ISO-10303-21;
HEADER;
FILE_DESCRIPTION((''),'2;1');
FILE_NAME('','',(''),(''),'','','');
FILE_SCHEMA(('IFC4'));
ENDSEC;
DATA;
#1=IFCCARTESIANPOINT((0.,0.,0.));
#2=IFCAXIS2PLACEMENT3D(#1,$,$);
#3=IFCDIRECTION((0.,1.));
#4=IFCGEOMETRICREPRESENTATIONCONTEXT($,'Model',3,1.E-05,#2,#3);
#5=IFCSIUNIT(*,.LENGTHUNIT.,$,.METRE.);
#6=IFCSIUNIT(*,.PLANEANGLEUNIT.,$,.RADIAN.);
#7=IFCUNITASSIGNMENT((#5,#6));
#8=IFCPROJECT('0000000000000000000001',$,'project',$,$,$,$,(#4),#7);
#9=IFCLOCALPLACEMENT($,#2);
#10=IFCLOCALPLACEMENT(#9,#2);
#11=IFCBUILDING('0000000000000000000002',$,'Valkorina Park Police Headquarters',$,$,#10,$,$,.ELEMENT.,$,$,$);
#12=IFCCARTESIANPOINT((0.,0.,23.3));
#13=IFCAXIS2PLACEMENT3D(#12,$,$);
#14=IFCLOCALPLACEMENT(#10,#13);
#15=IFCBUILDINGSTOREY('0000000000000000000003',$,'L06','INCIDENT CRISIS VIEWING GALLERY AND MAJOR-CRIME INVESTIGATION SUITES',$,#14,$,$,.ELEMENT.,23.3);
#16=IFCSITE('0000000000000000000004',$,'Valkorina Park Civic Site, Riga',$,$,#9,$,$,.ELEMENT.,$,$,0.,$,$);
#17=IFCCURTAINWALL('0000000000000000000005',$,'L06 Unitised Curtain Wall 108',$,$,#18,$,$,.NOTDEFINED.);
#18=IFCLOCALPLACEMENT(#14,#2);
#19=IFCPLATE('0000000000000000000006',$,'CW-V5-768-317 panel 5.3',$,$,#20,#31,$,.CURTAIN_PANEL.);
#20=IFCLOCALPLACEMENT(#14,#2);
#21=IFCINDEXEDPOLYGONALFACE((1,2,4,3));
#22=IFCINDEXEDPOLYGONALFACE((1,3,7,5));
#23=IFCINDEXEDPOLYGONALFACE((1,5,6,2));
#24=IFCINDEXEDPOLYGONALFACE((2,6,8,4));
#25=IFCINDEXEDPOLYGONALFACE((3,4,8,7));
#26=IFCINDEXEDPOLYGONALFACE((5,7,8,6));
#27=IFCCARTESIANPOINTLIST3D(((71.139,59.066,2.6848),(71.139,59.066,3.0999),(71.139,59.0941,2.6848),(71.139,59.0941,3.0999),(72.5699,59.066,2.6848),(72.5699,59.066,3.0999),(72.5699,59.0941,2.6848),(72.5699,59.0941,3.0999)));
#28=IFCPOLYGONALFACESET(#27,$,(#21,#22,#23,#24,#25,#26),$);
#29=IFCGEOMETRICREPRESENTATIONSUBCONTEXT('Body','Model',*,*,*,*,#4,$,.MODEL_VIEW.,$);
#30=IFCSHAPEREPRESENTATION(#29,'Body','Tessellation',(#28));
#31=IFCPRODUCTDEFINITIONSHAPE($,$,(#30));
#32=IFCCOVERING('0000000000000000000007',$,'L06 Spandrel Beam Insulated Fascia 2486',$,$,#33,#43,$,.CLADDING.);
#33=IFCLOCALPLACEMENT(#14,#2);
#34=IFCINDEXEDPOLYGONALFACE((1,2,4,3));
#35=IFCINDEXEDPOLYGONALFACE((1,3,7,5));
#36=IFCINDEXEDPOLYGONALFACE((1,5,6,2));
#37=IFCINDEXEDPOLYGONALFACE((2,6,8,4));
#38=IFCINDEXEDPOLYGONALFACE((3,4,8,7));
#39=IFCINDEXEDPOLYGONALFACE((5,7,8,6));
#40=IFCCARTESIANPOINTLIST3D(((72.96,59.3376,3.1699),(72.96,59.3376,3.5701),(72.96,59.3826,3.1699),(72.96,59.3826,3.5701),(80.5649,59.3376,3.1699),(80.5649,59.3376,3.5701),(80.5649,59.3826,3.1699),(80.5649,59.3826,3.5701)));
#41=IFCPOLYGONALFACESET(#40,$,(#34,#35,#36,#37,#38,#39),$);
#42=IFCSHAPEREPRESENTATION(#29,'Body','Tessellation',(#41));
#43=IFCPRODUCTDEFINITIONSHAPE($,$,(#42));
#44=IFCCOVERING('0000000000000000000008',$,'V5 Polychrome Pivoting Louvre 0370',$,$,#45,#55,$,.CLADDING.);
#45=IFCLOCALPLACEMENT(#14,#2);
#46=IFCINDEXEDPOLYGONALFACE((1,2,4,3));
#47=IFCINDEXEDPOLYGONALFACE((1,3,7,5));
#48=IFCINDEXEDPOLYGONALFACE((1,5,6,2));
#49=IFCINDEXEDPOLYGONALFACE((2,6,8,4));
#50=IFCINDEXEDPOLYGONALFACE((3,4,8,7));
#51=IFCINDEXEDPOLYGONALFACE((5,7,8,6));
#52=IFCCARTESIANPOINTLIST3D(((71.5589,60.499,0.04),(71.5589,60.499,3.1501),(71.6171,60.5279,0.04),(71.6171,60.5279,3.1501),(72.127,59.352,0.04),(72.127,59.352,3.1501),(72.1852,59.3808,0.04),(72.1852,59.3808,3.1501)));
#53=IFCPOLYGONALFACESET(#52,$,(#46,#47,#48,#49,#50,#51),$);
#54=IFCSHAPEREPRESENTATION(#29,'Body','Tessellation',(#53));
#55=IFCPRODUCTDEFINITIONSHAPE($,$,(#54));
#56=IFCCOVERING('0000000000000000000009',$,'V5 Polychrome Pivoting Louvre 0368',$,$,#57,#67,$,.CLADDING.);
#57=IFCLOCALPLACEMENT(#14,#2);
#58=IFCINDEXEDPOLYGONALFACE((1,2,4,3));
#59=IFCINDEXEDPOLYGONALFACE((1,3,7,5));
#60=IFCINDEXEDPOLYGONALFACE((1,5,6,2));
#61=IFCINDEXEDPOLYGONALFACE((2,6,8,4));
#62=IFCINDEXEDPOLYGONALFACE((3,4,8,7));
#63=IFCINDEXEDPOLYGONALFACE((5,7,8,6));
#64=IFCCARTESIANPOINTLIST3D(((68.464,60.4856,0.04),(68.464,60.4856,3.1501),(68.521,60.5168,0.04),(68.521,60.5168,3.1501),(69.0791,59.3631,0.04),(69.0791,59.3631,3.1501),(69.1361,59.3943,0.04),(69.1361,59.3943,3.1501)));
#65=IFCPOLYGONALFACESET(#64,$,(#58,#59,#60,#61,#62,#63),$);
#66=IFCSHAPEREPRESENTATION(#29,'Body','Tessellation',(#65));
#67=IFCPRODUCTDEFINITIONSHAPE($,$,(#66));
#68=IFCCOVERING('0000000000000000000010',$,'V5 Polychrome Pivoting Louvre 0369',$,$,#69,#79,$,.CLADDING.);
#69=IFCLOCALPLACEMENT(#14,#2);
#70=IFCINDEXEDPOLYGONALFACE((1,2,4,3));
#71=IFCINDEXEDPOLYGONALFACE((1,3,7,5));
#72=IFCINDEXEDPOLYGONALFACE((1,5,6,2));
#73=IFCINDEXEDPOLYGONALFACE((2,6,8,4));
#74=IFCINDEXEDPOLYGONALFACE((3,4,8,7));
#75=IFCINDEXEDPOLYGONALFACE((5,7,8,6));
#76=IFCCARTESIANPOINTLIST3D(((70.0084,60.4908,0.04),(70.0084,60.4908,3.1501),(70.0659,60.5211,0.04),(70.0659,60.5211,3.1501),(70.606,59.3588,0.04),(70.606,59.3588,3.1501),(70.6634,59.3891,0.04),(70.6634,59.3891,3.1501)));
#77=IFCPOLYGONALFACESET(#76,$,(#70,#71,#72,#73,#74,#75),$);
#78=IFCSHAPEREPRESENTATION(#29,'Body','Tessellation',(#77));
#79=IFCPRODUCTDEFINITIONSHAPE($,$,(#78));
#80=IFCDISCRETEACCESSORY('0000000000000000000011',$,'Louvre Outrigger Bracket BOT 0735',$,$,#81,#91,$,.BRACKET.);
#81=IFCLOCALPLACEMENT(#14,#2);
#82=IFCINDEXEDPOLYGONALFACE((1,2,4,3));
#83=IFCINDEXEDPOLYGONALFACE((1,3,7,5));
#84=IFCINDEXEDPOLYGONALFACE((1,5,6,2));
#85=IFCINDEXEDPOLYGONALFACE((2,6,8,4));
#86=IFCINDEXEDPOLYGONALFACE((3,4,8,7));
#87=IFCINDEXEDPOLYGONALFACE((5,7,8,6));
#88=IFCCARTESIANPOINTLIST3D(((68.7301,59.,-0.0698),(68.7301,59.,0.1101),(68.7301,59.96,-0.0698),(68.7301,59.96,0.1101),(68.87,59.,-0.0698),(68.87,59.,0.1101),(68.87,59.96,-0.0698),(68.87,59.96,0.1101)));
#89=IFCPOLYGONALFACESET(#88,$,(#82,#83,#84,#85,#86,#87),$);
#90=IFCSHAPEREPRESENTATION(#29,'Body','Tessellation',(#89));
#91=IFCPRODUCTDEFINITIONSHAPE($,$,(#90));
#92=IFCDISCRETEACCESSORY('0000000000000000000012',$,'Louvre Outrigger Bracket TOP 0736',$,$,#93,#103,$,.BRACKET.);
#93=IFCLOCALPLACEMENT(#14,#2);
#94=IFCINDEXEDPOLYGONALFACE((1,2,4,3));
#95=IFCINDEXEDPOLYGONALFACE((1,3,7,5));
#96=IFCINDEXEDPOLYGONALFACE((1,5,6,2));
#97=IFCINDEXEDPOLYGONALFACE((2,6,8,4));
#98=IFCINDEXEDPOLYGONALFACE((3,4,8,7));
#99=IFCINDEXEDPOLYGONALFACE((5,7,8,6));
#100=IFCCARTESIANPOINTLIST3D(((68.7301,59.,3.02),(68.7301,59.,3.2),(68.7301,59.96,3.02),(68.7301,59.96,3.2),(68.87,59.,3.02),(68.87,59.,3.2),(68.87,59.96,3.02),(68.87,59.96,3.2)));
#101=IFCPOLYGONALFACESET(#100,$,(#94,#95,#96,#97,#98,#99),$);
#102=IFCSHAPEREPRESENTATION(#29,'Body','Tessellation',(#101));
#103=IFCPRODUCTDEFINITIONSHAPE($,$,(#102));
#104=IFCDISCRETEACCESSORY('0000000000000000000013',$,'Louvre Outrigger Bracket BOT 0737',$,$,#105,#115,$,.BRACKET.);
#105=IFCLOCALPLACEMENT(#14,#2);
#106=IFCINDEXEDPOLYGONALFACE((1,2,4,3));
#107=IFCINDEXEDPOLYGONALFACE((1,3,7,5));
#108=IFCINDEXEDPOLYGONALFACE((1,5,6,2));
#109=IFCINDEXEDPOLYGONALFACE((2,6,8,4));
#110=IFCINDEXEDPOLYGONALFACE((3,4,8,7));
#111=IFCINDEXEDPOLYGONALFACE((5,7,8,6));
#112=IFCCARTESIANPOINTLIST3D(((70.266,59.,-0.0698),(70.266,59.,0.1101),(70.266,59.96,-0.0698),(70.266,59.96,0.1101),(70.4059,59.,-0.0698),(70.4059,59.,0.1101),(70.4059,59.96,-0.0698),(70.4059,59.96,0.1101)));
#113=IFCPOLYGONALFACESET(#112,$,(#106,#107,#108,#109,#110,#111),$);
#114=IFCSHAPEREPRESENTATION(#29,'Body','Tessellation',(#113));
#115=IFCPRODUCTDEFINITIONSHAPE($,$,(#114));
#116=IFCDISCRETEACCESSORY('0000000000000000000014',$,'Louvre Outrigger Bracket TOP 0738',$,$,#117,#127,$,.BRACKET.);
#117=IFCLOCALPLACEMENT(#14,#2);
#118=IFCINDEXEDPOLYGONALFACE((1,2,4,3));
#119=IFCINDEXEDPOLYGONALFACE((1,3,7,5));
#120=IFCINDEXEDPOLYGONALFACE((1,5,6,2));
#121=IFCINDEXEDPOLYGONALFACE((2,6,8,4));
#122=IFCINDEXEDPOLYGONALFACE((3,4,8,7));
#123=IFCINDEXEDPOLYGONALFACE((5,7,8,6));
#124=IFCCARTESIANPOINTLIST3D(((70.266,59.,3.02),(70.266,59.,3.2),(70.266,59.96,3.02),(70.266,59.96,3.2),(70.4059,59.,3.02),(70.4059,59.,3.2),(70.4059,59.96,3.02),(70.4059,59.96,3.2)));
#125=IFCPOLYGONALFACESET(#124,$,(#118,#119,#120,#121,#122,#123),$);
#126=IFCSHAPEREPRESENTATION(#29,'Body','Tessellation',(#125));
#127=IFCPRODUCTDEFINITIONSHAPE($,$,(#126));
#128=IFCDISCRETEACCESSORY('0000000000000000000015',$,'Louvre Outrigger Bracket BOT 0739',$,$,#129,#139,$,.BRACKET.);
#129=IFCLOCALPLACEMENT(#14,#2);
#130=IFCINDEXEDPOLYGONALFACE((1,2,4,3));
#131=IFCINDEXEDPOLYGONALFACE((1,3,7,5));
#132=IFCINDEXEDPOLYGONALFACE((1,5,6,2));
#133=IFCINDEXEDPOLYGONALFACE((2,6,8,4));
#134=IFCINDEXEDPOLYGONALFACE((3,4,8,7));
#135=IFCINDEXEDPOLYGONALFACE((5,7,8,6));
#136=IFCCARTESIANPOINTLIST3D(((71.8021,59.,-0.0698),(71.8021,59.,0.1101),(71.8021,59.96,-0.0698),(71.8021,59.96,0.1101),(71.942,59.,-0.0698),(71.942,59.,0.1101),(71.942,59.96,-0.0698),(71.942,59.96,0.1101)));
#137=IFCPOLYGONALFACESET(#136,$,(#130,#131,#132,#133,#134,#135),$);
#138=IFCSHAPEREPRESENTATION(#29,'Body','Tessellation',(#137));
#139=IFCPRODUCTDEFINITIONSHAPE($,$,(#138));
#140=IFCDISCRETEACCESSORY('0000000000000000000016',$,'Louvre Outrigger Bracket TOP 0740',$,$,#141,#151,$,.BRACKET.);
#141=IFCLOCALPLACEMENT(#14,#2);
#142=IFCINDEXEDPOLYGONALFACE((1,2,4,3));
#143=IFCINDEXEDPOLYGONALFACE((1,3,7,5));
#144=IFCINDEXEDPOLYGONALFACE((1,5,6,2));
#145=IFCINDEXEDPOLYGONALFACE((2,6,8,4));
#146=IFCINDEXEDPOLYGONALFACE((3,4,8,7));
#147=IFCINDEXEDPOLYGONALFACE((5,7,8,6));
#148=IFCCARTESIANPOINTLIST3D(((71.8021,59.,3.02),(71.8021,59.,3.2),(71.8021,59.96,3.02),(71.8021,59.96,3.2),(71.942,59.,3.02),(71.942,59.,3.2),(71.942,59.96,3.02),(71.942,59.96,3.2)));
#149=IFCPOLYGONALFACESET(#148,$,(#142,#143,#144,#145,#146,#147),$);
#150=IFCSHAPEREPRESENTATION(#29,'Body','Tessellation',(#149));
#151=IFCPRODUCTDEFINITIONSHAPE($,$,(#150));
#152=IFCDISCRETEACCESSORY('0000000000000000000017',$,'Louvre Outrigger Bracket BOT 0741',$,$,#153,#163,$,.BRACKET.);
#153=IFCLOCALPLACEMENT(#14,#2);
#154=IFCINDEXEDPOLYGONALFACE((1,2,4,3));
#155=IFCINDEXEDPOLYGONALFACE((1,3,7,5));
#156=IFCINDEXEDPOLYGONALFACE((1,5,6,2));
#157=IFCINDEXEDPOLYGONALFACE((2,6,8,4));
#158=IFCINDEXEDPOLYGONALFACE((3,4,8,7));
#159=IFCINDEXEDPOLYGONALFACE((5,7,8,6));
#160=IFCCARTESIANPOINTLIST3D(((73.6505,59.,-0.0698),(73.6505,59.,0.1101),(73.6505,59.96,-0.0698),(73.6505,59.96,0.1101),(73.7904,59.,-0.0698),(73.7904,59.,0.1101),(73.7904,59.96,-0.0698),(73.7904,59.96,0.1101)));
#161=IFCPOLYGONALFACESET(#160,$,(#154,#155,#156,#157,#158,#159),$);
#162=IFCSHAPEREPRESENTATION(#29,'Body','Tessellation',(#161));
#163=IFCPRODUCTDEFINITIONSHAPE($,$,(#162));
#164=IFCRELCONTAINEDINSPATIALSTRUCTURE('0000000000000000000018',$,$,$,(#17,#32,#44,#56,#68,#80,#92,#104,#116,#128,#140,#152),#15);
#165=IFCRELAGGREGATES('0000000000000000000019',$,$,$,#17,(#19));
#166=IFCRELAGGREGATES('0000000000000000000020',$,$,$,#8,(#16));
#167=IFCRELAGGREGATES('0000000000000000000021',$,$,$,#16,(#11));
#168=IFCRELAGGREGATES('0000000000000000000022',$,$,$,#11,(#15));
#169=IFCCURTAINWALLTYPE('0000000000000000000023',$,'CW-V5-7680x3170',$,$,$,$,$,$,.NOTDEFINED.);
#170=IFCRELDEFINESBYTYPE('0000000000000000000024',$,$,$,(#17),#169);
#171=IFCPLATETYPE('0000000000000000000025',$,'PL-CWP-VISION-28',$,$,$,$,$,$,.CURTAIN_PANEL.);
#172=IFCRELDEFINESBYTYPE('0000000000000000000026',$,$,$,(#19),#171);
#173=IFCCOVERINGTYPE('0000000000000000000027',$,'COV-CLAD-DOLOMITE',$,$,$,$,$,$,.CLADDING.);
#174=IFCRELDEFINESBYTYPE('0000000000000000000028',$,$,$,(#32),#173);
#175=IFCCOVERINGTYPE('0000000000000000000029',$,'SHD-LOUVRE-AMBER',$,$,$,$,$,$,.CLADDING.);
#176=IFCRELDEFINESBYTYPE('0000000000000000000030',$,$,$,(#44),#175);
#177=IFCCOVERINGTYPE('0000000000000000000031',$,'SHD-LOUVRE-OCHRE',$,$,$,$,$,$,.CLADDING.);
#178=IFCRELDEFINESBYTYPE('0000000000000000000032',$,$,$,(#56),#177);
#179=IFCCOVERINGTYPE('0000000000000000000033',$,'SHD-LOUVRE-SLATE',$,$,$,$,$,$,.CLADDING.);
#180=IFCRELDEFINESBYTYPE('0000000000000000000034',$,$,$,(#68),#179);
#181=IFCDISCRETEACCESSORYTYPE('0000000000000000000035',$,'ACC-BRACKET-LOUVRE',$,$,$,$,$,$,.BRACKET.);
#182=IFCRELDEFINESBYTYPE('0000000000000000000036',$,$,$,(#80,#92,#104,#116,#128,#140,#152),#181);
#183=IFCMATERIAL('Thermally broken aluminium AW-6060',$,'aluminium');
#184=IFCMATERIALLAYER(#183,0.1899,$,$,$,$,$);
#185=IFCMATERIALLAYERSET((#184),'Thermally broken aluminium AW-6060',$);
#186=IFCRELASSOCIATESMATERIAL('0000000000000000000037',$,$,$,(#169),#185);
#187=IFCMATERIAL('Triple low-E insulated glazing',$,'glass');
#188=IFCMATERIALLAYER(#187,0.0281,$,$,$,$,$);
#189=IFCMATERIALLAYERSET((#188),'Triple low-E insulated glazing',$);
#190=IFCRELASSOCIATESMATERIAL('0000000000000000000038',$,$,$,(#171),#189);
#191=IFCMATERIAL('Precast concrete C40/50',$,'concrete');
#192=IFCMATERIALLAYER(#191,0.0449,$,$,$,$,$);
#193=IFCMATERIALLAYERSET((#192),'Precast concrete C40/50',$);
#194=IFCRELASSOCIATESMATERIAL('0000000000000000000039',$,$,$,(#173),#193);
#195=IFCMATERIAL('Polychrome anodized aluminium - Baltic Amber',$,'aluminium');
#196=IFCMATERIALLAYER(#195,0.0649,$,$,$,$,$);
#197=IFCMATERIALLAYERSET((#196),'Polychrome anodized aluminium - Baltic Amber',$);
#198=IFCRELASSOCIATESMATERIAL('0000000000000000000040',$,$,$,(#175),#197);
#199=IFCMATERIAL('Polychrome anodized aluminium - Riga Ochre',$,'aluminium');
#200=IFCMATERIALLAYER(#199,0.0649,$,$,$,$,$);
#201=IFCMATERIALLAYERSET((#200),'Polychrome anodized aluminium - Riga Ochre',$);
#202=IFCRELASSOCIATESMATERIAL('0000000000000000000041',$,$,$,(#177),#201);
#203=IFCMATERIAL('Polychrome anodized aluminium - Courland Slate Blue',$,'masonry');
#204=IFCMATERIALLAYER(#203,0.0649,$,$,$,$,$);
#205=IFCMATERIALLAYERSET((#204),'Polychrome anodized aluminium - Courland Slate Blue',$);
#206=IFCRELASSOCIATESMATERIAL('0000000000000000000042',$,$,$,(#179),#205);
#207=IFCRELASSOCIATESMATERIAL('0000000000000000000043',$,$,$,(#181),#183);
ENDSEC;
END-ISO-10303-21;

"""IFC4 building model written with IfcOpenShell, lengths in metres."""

from ifc_helpers import new_model, si_unit, direction, frame, frame_2d, origin, origin_2d, place, context, subcontext, project, spatial, rectangle, extrude, material, layer, layer_set, type_object, element, aggregate, save


model = new_model("IFC4")

# Units and contexts
model_context = context("Model", 3, precision=1e-05, world=origin(), true_north=direction((0.0, 1.0)))
body_context = subcontext(model_context, "Body", "Model", "MODEL_VIEW")
ifc_project = project(units=[si_unit("LENGTHUNIT", "METRE"), si_unit("PLANEANGLEUNIT", "RADIAN")], contexts=[model_context])

# Site, building, storey
site_placement = place(None, origin())
site = spatial("IfcSite", under=ifc_project, at=site_placement, Name="Valkorina Park Civic Site, Riga", CompositionType="ELEMENT", RefElevation=0.0)
building_placement = place(site_placement, origin())
building = spatial("IfcBuilding", under=site, at=building_placement, Name="Valkorina Park Police Headquarters", CompositionType="ELEMENT")
storey_placement = place(building_placement, frame((0.0, 0.0, 23.3)))
storey = spatial("IfcBuildingStorey", under=building, at=storey_placement, Name="L06", Description="INCIDENT CRISIS VIEWING GALLERY AND MAJOR-CRIME INVESTIGATION SUITES", CompositionType="ELEMENT", Elevation=23.3)

# Curtain wall
ifc_material_1 = material(Name="Thermally broken aluminium AW-6060", Category="aluminium")
ifc_layer_1 = layer(ifc_material_1, 0.1899)
ifc_layer_set_1 = layer_set([ifc_layer_1], Name="Thermally broken aluminium AW-6060")
curtain_wall_type_1 = type_object("IfcCurtainWallType", Name="CW-V5-7680x3170", PredefinedType="NOTDEFINED", material=ifc_layer_set_1)
curtain_wall_1_placement = place(storey_placement, origin())
curtain_wall_1 = element("IfcCurtainWall", 1, at=curtain_wall_1_placement, inside=storey, type_object=curtain_wall_type_1, Name="L06 Unitised Curtain Wall 108", PredefinedType="NOTDEFINED")

# Plate
ifc_material_2 = material(Name="Triple low-E insulated glazing", Category="glass")
ifc_layer_2 = layer(ifc_material_2, 0.0281)
ifc_layer_set_2 = layer_set([ifc_layer_2], Name="Triple low-E insulated glazing")
plate_type_1 = type_object("IfcPlateType", Name="PL-CWP-VISION-28", PredefinedType="CURTAIN_PANEL", material=ifc_layer_set_2)
plate_1_placement = place(storey_placement, frame((71.8545, 59.0801, 2.6848), z_axis=(0.0, 0.0, 1.0), x_axis=(1.0, 0.0, 0.0)))
plate_1 = element("IfcPlate", 2, at=plate_1_placement, type_object=plate_type_1, Name="CW-V5-768-317 panel 5.3", PredefinedType="CURTAIN_PANEL", context=body_context, shape_type="SweptSolid", body=[
    extrude(rectangle(XDim=1.4309, YDim=0.0281, at=origin_2d()), origin(), (0.0, 0.0, 1.0), 0.415),
])
aggregate(curtain_wall_1, [plate_1])

# Coverings
ifc_material_3 = material(Name="Precast concrete C40/50", Category="concrete")
ifc_layer_3 = layer(ifc_material_3, 0.0449)
ifc_layer_set_3 = layer_set([ifc_layer_3], Name="Precast concrete C40/50")
covering_type_1 = type_object("IfcCoveringType", Name="COV-CLAD-DOLOMITE", PredefinedType="CLADDING", material=ifc_layer_set_3)
covering_1_placement = place(storey_placement, frame((72.96, 59.3601, 3.1699), z_axis=(0.0, 0.0, 1.0), x_axis=(1.0, 0.0, 0.0)))
element("IfcCovering", 3, at=covering_1_placement, inside=storey, type_object=covering_type_1, Name="L06 Spandrel Beam Insulated Fascia 2486", PredefinedType="CLADDING", context=body_context, shape_type="SweptSolid", body=[
    extrude(rectangle(XDim=7.605, YDim=0.0449, at=frame_2d((3.8025, 0.0))), origin(), (0.0, 0.0, 1.0), 0.4001),
])
ifc_material_4 = material(Name="Polychrome anodized aluminium - Baltic Amber", Category="aluminium")
ifc_layer_4 = layer(ifc_material_4, 0.0649)
ifc_layer_set_4 = layer_set([ifc_layer_4], Name="Polychrome anodized aluminium - Baltic Amber")
covering_type_2 = type_object("IfcCoveringType", Name="SHD-LOUVRE-AMBER", PredefinedType="CLADDING", material=ifc_layer_set_4)
covering_2_placement = place(storey_placement, frame((71.8721, 59.9399, 0.04), z_axis=(0.0, 0.0, 1.0), x_axis=(-0.443853, 0.896099, 0.0)))
element("IfcCovering", 4, at=covering_2_placement, inside=storey, type_object=covering_type_2, Name="V5 Polychrome Pivoting Louvre 0370", PredefinedType="CLADDING", context=body_context, shape_type="SweptSolid", body=[
    extrude(rectangle(XDim=1.28, YDim=0.0649, at=origin_2d()), origin(), (0.0, 0.0, 1.0), 3.1101),
])
ifc_material_5 = material(Name="Polychrome anodized aluminium - Riga Ochre", Category="aluminium")
ifc_layer_5 = layer(ifc_material_5, 0.0649)
ifc_layer_set_5 = layer_set([ifc_layer_5], Name="Polychrome anodized aluminium - Riga Ochre")
covering_type_3 = type_object("IfcCoveringType", Name="SHD-LOUVRE-OCHRE", PredefinedType="CLADDING", material=ifc_layer_set_5)
covering_3_placement = place(storey_placement, frame((68.8, 59.9399, 0.04), z_axis=(0.0, 0.0, 1.0), x_axis=(-0.48053, 0.876978, 0.0)))
element("IfcCovering", 5, at=covering_3_placement, inside=storey, type_object=covering_type_3, Name="V5 Polychrome Pivoting Louvre 0368", PredefinedType="CLADDING", context=body_context, shape_type="SweptSolid", body=[
    extrude(rectangle(XDim=1.28, YDim=0.0649, at=origin_2d()), origin(), (0.0, 0.0, 1.0), 3.1101),
])
ifc_material_6 = material(Name="Polychrome anodized aluminium - Courland Slate Blue", Category="masonry")
ifc_layer_6 = layer(ifc_material_6, 0.0649)
ifc_layer_set_6 = layer_set([ifc_layer_6], Name="Polychrome anodized aluminium - Courland Slate Blue")
covering_type_4 = type_object("IfcCoveringType", Name="SHD-LOUVRE-SLATE", PredefinedType="CLADDING", material=ifc_layer_set_6)
covering_4_placement = place(storey_placement, frame((70.3359, 59.9399, 0.04), z_axis=(0.0, 0.0, 1.0), x_axis=(-0.46685, 0.884337, 0.0)))
element("IfcCovering", 6, at=covering_4_placement, inside=storey, type_object=covering_type_4, Name="V5 Polychrome Pivoting Louvre 0369", PredefinedType="CLADDING", context=body_context, shape_type="SweptSolid", body=[
    extrude(rectangle(XDim=1.28, YDim=0.0649, at=origin_2d()), origin(), (0.0, 0.0, 1.0), 3.1101),
])

# Discrete accessories
discrete_accessory_type = type_object("IfcDiscreteAccessoryType", Name="ACC-BRACKET-LOUVRE", PredefinedType="BRACKET", material=ifc_material_1)
for number, where, z_axis, x_axis, name in (
    (7, (68.8, 59.48, -0.0698), (0.0, 0.0, 1.0), (0.0, 1.0, 0.0), "Louvre Outrigger Bracket BOT 0735"),
    (8, (68.8, 59.48, 3.02), (0.0, 0.0, 1.0), (0.0, 1.0, 0.0), "Louvre Outrigger Bracket TOP 0736"),
    (9, (70.3359, 59.48, -0.0698), (0.0, 0.0, 1.0), (0.0, 1.0, 0.0), "Louvre Outrigger Bracket BOT 0737"),
    (10, (70.3359, 59.48, 3.02), (0.0, 0.0, 1.0), (0.0, 1.0, 0.0), "Louvre Outrigger Bracket TOP 0738"),
    (11, (71.8721, 59.48, -0.0698), (0.0, 0.0, 1.0), (0.0, 1.0, 0.0), "Louvre Outrigger Bracket BOT 0739"),
    (12, (71.8721, 59.48, 3.02), (0.0, 0.0, 1.0), (0.0, 1.0, 0.0), "Louvre Outrigger Bracket TOP 0740"),
    (13, (73.7205, 59.48, -0.0698), (0.0, 0.0, 1.0), (0.0, 1.0, 0.0), "Louvre Outrigger Bracket BOT 0741"),
):
    element("IfcDiscreteAccessory", number, at=place(storey_placement, frame(where, z_axis=z_axis, x_axis=x_axis)), inside=storey, type_object=discrete_accessory_type, Name=name, PredefinedType="BRACKET", context=body_context, shape_type="SweptSolid", body=[
        extrude(rectangle(XDim=0.96, YDim=0.1399, at=origin_2d()), origin(), (0.0, 0.0, 1.0), 0.1799),
    ])

save(model, "model.ifc")
